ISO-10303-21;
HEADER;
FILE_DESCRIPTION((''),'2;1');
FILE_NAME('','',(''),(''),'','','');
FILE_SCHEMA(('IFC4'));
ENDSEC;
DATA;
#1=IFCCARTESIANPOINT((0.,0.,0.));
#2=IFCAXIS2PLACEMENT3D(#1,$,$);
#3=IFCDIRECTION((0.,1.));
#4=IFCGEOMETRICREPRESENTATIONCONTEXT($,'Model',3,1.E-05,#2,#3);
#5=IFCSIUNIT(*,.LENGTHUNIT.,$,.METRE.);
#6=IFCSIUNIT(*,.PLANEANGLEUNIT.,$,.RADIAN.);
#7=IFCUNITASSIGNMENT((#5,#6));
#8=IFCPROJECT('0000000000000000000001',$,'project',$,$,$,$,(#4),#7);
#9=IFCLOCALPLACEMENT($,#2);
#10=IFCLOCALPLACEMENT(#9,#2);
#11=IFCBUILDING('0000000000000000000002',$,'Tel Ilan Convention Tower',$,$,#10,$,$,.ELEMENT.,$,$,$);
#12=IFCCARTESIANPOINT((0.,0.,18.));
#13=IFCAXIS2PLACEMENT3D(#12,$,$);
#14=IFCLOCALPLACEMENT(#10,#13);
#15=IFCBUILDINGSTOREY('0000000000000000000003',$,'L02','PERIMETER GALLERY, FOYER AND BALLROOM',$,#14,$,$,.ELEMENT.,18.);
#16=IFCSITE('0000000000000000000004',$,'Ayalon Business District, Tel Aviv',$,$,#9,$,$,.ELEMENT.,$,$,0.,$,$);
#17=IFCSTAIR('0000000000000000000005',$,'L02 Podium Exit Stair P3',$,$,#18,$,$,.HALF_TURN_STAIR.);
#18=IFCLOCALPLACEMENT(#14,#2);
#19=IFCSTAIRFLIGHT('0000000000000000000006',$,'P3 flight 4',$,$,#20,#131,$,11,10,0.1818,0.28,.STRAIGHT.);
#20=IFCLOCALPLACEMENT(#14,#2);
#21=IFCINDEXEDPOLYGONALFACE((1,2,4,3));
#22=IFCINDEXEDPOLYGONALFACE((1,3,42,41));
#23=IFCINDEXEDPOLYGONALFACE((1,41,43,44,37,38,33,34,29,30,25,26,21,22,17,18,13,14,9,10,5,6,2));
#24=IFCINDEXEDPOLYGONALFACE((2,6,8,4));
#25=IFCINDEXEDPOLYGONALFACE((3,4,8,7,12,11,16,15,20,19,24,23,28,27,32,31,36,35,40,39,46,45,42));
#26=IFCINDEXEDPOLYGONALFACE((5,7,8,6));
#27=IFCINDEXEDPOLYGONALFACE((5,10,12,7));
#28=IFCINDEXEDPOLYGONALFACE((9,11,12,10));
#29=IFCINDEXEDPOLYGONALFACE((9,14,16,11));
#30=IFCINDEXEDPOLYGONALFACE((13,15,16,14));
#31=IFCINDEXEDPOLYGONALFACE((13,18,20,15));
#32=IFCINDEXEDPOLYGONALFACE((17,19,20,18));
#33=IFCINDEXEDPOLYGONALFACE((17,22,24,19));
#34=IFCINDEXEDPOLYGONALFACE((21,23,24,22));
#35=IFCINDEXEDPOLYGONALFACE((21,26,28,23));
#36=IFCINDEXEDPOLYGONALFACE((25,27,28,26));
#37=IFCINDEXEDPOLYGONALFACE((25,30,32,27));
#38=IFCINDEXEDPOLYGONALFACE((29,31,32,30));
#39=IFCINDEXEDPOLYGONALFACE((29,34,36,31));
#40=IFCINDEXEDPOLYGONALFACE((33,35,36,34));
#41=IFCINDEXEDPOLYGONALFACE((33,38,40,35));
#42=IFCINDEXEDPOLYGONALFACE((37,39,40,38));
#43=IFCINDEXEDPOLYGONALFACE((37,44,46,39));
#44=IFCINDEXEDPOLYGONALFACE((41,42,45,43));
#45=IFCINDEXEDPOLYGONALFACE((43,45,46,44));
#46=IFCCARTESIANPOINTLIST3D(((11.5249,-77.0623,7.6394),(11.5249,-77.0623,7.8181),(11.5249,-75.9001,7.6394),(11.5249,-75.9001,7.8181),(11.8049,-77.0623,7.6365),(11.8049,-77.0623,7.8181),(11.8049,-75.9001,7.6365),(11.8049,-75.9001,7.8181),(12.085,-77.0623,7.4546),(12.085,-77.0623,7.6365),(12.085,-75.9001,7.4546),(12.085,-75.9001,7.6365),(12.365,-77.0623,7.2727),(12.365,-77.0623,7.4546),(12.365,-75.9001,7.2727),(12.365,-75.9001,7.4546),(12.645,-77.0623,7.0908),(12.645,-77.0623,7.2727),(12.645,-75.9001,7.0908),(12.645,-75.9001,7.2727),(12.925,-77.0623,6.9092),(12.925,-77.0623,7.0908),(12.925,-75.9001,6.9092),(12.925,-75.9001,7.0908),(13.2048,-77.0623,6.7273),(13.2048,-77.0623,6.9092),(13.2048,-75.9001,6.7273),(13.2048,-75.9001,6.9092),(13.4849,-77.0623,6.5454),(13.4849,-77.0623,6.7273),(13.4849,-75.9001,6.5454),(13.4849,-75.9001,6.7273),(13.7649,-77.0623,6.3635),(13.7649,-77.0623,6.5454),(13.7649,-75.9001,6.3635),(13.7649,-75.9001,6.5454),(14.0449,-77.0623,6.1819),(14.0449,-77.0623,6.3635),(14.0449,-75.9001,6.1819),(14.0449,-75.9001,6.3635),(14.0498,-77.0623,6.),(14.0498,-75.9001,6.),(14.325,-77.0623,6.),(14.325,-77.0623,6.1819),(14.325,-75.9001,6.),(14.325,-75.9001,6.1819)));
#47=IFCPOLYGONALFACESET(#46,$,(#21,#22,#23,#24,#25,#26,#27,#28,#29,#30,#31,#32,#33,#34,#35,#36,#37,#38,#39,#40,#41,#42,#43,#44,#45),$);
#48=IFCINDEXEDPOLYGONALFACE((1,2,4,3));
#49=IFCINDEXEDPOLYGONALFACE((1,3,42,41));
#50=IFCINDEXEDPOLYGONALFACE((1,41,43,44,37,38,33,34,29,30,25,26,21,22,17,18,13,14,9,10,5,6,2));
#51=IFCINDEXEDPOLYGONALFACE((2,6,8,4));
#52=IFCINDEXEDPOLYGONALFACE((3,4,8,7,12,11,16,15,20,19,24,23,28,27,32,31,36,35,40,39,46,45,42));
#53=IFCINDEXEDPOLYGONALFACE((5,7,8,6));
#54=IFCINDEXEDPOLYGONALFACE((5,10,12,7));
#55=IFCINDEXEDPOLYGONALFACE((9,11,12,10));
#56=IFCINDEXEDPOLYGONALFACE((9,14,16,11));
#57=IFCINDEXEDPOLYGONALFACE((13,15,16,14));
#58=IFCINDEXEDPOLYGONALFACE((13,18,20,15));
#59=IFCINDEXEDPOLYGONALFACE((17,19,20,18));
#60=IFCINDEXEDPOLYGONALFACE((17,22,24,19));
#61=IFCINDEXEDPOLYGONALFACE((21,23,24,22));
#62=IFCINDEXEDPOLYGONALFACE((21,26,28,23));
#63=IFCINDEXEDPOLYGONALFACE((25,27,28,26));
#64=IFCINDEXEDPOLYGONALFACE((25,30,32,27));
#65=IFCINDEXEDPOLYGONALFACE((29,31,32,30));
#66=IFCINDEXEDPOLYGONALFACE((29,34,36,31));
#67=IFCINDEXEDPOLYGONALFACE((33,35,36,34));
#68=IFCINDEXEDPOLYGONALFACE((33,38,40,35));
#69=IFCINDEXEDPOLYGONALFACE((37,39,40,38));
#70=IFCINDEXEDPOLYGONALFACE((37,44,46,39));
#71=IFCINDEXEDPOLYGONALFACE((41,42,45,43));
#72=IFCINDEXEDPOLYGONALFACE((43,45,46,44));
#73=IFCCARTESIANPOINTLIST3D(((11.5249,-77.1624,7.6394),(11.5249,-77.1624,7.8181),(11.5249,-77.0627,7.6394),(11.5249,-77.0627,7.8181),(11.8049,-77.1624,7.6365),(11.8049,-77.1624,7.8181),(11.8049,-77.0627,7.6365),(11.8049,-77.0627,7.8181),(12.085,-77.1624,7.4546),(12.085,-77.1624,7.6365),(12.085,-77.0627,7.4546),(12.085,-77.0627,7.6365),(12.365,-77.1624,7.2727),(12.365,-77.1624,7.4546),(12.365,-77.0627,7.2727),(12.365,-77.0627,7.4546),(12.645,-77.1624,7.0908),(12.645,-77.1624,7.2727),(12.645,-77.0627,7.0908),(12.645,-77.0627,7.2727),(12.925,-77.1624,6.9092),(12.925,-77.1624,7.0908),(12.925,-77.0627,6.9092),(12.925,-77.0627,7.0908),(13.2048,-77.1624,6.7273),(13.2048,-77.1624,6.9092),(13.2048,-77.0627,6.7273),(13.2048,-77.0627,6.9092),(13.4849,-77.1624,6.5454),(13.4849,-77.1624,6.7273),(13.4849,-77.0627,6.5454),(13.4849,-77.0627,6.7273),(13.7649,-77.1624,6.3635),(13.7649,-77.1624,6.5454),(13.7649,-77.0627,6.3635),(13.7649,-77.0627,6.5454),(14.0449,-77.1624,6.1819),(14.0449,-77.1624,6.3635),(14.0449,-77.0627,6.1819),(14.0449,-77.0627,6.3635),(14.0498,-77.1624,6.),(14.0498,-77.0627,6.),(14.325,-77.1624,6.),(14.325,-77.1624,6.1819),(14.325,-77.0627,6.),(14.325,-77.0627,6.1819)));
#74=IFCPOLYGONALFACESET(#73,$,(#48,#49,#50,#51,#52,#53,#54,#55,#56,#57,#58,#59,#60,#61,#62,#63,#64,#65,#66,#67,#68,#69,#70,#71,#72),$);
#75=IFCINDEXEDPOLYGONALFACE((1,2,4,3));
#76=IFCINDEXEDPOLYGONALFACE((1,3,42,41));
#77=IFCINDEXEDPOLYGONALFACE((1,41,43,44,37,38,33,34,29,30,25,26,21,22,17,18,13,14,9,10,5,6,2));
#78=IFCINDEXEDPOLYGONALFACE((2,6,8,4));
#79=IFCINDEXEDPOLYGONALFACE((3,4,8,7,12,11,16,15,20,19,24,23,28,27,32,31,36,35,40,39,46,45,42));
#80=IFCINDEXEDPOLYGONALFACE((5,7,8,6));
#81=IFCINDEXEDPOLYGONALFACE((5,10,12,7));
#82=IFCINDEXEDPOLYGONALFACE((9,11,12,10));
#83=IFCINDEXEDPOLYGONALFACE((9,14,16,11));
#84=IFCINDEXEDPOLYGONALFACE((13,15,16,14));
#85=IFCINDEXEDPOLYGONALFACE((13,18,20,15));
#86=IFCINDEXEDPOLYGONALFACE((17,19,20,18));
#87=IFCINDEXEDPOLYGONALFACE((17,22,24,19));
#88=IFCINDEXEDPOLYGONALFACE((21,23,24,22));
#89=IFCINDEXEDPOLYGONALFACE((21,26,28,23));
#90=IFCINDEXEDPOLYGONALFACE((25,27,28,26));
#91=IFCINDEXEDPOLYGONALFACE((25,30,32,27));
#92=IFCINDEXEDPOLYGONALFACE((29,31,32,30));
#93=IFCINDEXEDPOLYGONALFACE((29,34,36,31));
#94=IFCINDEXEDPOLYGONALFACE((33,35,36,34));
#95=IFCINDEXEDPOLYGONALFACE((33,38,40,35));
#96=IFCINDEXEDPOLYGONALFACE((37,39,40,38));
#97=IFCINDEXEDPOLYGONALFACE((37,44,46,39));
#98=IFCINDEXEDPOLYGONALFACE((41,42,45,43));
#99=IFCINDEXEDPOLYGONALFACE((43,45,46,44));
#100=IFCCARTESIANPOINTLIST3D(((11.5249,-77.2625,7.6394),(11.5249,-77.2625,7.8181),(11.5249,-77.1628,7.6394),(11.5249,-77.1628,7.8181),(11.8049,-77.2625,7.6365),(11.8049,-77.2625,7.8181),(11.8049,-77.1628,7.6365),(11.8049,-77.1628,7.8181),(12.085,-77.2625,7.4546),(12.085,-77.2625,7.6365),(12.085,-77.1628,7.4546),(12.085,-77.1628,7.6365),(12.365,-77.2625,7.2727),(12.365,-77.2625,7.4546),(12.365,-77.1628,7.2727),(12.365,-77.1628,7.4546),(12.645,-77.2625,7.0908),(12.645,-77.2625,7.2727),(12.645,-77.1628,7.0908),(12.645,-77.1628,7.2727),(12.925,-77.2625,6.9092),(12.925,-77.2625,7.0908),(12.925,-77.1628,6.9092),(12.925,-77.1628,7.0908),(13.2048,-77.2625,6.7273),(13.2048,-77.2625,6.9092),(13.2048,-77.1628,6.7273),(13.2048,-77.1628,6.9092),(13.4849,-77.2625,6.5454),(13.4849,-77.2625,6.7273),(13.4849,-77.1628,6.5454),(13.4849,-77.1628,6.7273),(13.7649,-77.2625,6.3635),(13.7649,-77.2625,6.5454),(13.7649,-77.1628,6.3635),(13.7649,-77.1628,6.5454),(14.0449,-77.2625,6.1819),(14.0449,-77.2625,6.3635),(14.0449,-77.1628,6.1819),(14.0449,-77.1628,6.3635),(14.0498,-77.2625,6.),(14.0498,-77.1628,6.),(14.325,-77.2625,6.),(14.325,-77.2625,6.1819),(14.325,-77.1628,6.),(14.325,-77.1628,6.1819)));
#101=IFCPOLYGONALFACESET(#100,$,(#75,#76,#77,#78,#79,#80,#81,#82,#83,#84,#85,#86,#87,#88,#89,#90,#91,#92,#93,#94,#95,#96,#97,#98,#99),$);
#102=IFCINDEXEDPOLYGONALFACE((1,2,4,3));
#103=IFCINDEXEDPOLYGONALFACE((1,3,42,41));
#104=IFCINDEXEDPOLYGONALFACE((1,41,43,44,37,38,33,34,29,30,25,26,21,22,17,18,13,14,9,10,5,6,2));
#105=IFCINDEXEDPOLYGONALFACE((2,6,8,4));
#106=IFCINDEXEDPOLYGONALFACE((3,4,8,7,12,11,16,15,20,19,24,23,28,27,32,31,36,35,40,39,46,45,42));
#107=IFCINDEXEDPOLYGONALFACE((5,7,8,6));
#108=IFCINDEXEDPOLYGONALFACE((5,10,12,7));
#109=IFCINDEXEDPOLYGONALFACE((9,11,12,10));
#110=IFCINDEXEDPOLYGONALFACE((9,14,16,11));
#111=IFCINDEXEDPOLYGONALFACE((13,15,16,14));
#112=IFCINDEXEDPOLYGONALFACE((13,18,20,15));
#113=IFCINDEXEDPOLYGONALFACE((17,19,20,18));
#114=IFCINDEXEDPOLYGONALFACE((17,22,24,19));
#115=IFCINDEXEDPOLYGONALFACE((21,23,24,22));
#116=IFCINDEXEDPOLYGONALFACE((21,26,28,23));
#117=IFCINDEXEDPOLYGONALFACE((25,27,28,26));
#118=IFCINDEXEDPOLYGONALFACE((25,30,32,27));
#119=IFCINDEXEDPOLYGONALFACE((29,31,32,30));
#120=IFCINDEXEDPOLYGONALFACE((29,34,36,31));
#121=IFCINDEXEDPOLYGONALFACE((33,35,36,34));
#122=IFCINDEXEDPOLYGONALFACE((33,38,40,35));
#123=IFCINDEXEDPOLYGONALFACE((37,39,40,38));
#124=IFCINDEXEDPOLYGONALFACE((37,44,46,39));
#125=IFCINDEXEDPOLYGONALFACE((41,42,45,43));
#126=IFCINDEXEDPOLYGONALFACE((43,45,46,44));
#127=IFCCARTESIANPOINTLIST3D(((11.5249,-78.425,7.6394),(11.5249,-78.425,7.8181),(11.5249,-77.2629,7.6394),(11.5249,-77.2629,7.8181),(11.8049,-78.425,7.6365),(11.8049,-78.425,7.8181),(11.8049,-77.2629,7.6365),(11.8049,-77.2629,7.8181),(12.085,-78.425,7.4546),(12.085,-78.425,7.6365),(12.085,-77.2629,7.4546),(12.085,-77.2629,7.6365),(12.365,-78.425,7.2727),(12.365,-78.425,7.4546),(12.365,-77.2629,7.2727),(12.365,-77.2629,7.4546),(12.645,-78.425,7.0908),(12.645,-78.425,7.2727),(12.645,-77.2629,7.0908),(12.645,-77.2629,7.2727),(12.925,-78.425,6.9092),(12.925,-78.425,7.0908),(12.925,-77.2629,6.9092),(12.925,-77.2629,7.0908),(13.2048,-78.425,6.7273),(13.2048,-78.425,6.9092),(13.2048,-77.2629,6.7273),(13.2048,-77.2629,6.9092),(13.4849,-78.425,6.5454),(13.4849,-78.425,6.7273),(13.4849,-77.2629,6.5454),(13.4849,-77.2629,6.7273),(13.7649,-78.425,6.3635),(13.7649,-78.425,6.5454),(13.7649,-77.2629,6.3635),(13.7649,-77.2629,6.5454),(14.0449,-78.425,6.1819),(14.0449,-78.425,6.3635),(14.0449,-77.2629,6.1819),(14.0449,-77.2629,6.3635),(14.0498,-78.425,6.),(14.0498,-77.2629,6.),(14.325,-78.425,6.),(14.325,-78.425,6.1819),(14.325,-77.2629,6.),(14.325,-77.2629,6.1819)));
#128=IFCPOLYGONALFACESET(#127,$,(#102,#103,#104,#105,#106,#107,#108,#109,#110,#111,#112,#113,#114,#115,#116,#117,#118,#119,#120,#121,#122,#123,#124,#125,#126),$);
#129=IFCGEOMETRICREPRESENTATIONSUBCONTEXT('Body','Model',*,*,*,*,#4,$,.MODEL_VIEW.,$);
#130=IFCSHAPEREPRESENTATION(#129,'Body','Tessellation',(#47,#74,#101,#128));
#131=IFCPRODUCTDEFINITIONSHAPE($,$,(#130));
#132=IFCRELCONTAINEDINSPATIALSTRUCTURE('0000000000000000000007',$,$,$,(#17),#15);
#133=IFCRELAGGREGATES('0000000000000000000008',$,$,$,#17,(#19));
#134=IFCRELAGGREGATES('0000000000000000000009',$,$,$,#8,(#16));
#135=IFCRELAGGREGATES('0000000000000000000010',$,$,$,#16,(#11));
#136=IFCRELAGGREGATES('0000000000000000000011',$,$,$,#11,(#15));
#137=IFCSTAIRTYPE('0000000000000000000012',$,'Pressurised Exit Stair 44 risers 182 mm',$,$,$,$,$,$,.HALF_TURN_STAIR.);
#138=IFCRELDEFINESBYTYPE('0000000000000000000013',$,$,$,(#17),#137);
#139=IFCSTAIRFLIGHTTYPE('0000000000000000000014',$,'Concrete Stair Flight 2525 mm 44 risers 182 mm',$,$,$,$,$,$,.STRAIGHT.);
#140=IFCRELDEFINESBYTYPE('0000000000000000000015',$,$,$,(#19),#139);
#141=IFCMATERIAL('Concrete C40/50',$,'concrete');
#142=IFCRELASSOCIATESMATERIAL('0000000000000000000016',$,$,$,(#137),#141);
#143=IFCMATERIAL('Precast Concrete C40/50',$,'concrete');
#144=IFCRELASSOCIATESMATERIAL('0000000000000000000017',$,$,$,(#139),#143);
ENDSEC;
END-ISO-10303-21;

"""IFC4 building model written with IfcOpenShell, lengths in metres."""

from ifc_helpers import new_model, si_unit, direction, frame, origin, place, context, subcontext, project, spatial, polyline, outline, extrude, material, type_object, element, aggregate, save


model = new_model("IFC4")

# Units and contexts
model_context = context("Model", 3, precision=1e-05, world=origin(), true_north=direction((0.0, 1.0)))
body_context = subcontext(model_context, "Body", "Model", "MODEL_VIEW")
ifc_project = project(units=[si_unit("LENGTHUNIT", "METRE"), si_unit("PLANEANGLEUNIT", "RADIAN")], contexts=[model_context])

# Site, building, storey
site_placement = place(None, origin())
site = spatial("IfcSite", under=ifc_project, at=site_placement, Name="Ayalon Business District, Tel Aviv", CompositionType="ELEMENT", RefElevation=0.0)
building_placement = place(site_placement, origin())
building = spatial("IfcBuilding", under=site, at=building_placement, Name="Tel Ilan Convention Tower", CompositionType="ELEMENT")
storey_placement = place(building_placement, frame((0.0, 0.0, 18.0)))
storey = spatial("IfcBuildingStorey", under=building, at=storey_placement, Name="L02", Description="PERIMETER GALLERY, FOYER AND BALLROOM", CompositionType="ELEMENT", Elevation=18.0)

# Stair, stair flight
ifc_material_1 = material(Name="Concrete C40/50", Category="concrete")
stair_type = type_object("IfcStairType", Name="Pressurised Exit Stair 44 risers 182 mm", PredefinedType="HALF_TURN_STAIR", material=ifc_material_1)
stair_placement = place(storey_placement, origin())
stair = element("IfcStair", 1, at=stair_placement, inside=storey, type_object=stair_type, Name="L02 Podium Exit Stair P3", PredefinedType="HALF_TURN_STAIR")
ifc_material_2 = material(Name="Precast Concrete C40/50", Category="concrete")
stair_flight_type = type_object("IfcStairFlightType", Name="Concrete Stair Flight 2525 mm 44 risers 182 mm", PredefinedType="STRAIGHT", material=ifc_material_2)
stair_flight_1_placement = place(storey_placement, frame((14.325, -77.1626, 6.0), z_axis=(0.0, 0.0, 1.0), x_axis=(-1.0, 0.0, 0.0)))
stair_flight_1 = element("IfcStairFlight", 2, at=stair_flight_1_placement, type_object=stair_flight_type, Name="P3 flight 4", NumberOfRisers=11, NumberOfTreads=10, PredefinedType="STRAIGHT", RiserHeight=0.1818, TreadLength=0.28, context=body_context, shape_type="SweptSolid", body=[
    extrude(outline(polyline([(0.0, 0.0), (0.0, 0.1819), (0.28, 0.1819), (0.28, 0.3635), (0.5601, 0.3635), (0.5601, 0.5454), (0.8401, 0.5454), (0.8401, 0.7273), (1.1201, 0.7273), (1.1201, 0.9092), (1.3999, 0.9092), (1.3999, 1.0908), (1.6799, 1.0908), (1.6799, 1.2727), (1.96, 1.2727), (1.96, 1.4546), (2.24, 1.4546), (2.24, 1.6365), (2.52, 1.6365), (2.52, 1.8181), (2.8, 1.8181), (2.8, 2.0), (2.8, 1.6394), (0.2751, 0.0), (0.0, 0.0)])), frame((0.0, -0.1003, 0.0), z_axis=(0.0, -1.0, 0.0), x_axis=(1.0, 0.0, 0.0)), (0.0, 0.0, 1.0), 1.1621),
    extrude(outline(polyline([(0.0, 0.0), (0.0, 0.1819), (0.28, 0.1819), (0.28, 0.3635), (0.5601, 0.3635), (0.5601, 0.5454), (0.8401, 0.5454), (0.8401, 0.7273), (1.1201, 0.7273), (1.1201, 0.9092), (1.3999, 0.9092), (1.3999, 1.0908), (1.6799, 1.0908), (1.6799, 1.2727), (1.96, 1.2727), (1.96, 1.4546), (2.24, 1.4546), (2.24, 1.6365), (2.52, 1.6365), (2.52, 1.8181), (2.8, 1.8181), (2.8, 2.0), (2.8, 1.6394), (0.2751, 0.0), (0.0, 0.0)])), frame((0.0, -0.0002, 0.0), z_axis=(0.0, -1.0, 0.0), x_axis=(1.0, 0.0, 0.0)), (0.0, 0.0, 1.0), 0.0996),
    extrude(outline(polyline([(0.0, 0.0), (0.0, 0.1819), (0.28, 0.1819), (0.28, 0.3635), (0.5601, 0.3635), (0.5601, 0.5454), (0.8401, 0.5454), (0.8401, 0.7273), (1.1201, 0.7273), (1.1201, 0.9092), (1.3999, 0.9092), (1.3999, 1.0908), (1.6799, 1.0908), (1.6799, 1.2727), (1.96, 1.2727), (1.96, 1.4546), (2.24, 1.4546), (2.24, 1.6365), (2.52, 1.6365), (2.52, 1.8181), (2.8, 1.8181), (2.8, 2.0), (2.8, 1.6394), (0.2751, 0.0), (0.0, 0.0)])), frame((0.0, 0.0999, 0.0), z_axis=(0.0, -1.0, 0.0), x_axis=(1.0, 0.0, 0.0)), (0.0, 0.0, 1.0), 0.0996),
    extrude(outline(polyline([(0.0, 0.0), (0.0, 0.1819), (0.28, 0.1819), (0.28, 0.3635), (0.5601, 0.3635), (0.5601, 0.5454), (0.8401, 0.5454), (0.8401, 0.7273), (1.1201, 0.7273), (1.1201, 0.9092), (1.3999, 0.9092), (1.3999, 1.0908), (1.6799, 1.0908), (1.6799, 1.2727), (1.96, 1.2727), (1.96, 1.4546), (2.24, 1.4546), (2.24, 1.6365), (2.52, 1.6365), (2.52, 1.8181), (2.8, 1.8181), (2.8, 2.0), (2.8, 1.6394), (0.2751, 0.0), (0.0, 0.0)])), frame((0.0, 1.2625, 0.0), z_axis=(0.0, -1.0, 0.0), x_axis=(1.0, 0.0, 0.0)), (0.0, 0.0, 1.0), 1.1621),
])
aggregate(stair, [stair_flight_1])

save(model, "model.ifc")
